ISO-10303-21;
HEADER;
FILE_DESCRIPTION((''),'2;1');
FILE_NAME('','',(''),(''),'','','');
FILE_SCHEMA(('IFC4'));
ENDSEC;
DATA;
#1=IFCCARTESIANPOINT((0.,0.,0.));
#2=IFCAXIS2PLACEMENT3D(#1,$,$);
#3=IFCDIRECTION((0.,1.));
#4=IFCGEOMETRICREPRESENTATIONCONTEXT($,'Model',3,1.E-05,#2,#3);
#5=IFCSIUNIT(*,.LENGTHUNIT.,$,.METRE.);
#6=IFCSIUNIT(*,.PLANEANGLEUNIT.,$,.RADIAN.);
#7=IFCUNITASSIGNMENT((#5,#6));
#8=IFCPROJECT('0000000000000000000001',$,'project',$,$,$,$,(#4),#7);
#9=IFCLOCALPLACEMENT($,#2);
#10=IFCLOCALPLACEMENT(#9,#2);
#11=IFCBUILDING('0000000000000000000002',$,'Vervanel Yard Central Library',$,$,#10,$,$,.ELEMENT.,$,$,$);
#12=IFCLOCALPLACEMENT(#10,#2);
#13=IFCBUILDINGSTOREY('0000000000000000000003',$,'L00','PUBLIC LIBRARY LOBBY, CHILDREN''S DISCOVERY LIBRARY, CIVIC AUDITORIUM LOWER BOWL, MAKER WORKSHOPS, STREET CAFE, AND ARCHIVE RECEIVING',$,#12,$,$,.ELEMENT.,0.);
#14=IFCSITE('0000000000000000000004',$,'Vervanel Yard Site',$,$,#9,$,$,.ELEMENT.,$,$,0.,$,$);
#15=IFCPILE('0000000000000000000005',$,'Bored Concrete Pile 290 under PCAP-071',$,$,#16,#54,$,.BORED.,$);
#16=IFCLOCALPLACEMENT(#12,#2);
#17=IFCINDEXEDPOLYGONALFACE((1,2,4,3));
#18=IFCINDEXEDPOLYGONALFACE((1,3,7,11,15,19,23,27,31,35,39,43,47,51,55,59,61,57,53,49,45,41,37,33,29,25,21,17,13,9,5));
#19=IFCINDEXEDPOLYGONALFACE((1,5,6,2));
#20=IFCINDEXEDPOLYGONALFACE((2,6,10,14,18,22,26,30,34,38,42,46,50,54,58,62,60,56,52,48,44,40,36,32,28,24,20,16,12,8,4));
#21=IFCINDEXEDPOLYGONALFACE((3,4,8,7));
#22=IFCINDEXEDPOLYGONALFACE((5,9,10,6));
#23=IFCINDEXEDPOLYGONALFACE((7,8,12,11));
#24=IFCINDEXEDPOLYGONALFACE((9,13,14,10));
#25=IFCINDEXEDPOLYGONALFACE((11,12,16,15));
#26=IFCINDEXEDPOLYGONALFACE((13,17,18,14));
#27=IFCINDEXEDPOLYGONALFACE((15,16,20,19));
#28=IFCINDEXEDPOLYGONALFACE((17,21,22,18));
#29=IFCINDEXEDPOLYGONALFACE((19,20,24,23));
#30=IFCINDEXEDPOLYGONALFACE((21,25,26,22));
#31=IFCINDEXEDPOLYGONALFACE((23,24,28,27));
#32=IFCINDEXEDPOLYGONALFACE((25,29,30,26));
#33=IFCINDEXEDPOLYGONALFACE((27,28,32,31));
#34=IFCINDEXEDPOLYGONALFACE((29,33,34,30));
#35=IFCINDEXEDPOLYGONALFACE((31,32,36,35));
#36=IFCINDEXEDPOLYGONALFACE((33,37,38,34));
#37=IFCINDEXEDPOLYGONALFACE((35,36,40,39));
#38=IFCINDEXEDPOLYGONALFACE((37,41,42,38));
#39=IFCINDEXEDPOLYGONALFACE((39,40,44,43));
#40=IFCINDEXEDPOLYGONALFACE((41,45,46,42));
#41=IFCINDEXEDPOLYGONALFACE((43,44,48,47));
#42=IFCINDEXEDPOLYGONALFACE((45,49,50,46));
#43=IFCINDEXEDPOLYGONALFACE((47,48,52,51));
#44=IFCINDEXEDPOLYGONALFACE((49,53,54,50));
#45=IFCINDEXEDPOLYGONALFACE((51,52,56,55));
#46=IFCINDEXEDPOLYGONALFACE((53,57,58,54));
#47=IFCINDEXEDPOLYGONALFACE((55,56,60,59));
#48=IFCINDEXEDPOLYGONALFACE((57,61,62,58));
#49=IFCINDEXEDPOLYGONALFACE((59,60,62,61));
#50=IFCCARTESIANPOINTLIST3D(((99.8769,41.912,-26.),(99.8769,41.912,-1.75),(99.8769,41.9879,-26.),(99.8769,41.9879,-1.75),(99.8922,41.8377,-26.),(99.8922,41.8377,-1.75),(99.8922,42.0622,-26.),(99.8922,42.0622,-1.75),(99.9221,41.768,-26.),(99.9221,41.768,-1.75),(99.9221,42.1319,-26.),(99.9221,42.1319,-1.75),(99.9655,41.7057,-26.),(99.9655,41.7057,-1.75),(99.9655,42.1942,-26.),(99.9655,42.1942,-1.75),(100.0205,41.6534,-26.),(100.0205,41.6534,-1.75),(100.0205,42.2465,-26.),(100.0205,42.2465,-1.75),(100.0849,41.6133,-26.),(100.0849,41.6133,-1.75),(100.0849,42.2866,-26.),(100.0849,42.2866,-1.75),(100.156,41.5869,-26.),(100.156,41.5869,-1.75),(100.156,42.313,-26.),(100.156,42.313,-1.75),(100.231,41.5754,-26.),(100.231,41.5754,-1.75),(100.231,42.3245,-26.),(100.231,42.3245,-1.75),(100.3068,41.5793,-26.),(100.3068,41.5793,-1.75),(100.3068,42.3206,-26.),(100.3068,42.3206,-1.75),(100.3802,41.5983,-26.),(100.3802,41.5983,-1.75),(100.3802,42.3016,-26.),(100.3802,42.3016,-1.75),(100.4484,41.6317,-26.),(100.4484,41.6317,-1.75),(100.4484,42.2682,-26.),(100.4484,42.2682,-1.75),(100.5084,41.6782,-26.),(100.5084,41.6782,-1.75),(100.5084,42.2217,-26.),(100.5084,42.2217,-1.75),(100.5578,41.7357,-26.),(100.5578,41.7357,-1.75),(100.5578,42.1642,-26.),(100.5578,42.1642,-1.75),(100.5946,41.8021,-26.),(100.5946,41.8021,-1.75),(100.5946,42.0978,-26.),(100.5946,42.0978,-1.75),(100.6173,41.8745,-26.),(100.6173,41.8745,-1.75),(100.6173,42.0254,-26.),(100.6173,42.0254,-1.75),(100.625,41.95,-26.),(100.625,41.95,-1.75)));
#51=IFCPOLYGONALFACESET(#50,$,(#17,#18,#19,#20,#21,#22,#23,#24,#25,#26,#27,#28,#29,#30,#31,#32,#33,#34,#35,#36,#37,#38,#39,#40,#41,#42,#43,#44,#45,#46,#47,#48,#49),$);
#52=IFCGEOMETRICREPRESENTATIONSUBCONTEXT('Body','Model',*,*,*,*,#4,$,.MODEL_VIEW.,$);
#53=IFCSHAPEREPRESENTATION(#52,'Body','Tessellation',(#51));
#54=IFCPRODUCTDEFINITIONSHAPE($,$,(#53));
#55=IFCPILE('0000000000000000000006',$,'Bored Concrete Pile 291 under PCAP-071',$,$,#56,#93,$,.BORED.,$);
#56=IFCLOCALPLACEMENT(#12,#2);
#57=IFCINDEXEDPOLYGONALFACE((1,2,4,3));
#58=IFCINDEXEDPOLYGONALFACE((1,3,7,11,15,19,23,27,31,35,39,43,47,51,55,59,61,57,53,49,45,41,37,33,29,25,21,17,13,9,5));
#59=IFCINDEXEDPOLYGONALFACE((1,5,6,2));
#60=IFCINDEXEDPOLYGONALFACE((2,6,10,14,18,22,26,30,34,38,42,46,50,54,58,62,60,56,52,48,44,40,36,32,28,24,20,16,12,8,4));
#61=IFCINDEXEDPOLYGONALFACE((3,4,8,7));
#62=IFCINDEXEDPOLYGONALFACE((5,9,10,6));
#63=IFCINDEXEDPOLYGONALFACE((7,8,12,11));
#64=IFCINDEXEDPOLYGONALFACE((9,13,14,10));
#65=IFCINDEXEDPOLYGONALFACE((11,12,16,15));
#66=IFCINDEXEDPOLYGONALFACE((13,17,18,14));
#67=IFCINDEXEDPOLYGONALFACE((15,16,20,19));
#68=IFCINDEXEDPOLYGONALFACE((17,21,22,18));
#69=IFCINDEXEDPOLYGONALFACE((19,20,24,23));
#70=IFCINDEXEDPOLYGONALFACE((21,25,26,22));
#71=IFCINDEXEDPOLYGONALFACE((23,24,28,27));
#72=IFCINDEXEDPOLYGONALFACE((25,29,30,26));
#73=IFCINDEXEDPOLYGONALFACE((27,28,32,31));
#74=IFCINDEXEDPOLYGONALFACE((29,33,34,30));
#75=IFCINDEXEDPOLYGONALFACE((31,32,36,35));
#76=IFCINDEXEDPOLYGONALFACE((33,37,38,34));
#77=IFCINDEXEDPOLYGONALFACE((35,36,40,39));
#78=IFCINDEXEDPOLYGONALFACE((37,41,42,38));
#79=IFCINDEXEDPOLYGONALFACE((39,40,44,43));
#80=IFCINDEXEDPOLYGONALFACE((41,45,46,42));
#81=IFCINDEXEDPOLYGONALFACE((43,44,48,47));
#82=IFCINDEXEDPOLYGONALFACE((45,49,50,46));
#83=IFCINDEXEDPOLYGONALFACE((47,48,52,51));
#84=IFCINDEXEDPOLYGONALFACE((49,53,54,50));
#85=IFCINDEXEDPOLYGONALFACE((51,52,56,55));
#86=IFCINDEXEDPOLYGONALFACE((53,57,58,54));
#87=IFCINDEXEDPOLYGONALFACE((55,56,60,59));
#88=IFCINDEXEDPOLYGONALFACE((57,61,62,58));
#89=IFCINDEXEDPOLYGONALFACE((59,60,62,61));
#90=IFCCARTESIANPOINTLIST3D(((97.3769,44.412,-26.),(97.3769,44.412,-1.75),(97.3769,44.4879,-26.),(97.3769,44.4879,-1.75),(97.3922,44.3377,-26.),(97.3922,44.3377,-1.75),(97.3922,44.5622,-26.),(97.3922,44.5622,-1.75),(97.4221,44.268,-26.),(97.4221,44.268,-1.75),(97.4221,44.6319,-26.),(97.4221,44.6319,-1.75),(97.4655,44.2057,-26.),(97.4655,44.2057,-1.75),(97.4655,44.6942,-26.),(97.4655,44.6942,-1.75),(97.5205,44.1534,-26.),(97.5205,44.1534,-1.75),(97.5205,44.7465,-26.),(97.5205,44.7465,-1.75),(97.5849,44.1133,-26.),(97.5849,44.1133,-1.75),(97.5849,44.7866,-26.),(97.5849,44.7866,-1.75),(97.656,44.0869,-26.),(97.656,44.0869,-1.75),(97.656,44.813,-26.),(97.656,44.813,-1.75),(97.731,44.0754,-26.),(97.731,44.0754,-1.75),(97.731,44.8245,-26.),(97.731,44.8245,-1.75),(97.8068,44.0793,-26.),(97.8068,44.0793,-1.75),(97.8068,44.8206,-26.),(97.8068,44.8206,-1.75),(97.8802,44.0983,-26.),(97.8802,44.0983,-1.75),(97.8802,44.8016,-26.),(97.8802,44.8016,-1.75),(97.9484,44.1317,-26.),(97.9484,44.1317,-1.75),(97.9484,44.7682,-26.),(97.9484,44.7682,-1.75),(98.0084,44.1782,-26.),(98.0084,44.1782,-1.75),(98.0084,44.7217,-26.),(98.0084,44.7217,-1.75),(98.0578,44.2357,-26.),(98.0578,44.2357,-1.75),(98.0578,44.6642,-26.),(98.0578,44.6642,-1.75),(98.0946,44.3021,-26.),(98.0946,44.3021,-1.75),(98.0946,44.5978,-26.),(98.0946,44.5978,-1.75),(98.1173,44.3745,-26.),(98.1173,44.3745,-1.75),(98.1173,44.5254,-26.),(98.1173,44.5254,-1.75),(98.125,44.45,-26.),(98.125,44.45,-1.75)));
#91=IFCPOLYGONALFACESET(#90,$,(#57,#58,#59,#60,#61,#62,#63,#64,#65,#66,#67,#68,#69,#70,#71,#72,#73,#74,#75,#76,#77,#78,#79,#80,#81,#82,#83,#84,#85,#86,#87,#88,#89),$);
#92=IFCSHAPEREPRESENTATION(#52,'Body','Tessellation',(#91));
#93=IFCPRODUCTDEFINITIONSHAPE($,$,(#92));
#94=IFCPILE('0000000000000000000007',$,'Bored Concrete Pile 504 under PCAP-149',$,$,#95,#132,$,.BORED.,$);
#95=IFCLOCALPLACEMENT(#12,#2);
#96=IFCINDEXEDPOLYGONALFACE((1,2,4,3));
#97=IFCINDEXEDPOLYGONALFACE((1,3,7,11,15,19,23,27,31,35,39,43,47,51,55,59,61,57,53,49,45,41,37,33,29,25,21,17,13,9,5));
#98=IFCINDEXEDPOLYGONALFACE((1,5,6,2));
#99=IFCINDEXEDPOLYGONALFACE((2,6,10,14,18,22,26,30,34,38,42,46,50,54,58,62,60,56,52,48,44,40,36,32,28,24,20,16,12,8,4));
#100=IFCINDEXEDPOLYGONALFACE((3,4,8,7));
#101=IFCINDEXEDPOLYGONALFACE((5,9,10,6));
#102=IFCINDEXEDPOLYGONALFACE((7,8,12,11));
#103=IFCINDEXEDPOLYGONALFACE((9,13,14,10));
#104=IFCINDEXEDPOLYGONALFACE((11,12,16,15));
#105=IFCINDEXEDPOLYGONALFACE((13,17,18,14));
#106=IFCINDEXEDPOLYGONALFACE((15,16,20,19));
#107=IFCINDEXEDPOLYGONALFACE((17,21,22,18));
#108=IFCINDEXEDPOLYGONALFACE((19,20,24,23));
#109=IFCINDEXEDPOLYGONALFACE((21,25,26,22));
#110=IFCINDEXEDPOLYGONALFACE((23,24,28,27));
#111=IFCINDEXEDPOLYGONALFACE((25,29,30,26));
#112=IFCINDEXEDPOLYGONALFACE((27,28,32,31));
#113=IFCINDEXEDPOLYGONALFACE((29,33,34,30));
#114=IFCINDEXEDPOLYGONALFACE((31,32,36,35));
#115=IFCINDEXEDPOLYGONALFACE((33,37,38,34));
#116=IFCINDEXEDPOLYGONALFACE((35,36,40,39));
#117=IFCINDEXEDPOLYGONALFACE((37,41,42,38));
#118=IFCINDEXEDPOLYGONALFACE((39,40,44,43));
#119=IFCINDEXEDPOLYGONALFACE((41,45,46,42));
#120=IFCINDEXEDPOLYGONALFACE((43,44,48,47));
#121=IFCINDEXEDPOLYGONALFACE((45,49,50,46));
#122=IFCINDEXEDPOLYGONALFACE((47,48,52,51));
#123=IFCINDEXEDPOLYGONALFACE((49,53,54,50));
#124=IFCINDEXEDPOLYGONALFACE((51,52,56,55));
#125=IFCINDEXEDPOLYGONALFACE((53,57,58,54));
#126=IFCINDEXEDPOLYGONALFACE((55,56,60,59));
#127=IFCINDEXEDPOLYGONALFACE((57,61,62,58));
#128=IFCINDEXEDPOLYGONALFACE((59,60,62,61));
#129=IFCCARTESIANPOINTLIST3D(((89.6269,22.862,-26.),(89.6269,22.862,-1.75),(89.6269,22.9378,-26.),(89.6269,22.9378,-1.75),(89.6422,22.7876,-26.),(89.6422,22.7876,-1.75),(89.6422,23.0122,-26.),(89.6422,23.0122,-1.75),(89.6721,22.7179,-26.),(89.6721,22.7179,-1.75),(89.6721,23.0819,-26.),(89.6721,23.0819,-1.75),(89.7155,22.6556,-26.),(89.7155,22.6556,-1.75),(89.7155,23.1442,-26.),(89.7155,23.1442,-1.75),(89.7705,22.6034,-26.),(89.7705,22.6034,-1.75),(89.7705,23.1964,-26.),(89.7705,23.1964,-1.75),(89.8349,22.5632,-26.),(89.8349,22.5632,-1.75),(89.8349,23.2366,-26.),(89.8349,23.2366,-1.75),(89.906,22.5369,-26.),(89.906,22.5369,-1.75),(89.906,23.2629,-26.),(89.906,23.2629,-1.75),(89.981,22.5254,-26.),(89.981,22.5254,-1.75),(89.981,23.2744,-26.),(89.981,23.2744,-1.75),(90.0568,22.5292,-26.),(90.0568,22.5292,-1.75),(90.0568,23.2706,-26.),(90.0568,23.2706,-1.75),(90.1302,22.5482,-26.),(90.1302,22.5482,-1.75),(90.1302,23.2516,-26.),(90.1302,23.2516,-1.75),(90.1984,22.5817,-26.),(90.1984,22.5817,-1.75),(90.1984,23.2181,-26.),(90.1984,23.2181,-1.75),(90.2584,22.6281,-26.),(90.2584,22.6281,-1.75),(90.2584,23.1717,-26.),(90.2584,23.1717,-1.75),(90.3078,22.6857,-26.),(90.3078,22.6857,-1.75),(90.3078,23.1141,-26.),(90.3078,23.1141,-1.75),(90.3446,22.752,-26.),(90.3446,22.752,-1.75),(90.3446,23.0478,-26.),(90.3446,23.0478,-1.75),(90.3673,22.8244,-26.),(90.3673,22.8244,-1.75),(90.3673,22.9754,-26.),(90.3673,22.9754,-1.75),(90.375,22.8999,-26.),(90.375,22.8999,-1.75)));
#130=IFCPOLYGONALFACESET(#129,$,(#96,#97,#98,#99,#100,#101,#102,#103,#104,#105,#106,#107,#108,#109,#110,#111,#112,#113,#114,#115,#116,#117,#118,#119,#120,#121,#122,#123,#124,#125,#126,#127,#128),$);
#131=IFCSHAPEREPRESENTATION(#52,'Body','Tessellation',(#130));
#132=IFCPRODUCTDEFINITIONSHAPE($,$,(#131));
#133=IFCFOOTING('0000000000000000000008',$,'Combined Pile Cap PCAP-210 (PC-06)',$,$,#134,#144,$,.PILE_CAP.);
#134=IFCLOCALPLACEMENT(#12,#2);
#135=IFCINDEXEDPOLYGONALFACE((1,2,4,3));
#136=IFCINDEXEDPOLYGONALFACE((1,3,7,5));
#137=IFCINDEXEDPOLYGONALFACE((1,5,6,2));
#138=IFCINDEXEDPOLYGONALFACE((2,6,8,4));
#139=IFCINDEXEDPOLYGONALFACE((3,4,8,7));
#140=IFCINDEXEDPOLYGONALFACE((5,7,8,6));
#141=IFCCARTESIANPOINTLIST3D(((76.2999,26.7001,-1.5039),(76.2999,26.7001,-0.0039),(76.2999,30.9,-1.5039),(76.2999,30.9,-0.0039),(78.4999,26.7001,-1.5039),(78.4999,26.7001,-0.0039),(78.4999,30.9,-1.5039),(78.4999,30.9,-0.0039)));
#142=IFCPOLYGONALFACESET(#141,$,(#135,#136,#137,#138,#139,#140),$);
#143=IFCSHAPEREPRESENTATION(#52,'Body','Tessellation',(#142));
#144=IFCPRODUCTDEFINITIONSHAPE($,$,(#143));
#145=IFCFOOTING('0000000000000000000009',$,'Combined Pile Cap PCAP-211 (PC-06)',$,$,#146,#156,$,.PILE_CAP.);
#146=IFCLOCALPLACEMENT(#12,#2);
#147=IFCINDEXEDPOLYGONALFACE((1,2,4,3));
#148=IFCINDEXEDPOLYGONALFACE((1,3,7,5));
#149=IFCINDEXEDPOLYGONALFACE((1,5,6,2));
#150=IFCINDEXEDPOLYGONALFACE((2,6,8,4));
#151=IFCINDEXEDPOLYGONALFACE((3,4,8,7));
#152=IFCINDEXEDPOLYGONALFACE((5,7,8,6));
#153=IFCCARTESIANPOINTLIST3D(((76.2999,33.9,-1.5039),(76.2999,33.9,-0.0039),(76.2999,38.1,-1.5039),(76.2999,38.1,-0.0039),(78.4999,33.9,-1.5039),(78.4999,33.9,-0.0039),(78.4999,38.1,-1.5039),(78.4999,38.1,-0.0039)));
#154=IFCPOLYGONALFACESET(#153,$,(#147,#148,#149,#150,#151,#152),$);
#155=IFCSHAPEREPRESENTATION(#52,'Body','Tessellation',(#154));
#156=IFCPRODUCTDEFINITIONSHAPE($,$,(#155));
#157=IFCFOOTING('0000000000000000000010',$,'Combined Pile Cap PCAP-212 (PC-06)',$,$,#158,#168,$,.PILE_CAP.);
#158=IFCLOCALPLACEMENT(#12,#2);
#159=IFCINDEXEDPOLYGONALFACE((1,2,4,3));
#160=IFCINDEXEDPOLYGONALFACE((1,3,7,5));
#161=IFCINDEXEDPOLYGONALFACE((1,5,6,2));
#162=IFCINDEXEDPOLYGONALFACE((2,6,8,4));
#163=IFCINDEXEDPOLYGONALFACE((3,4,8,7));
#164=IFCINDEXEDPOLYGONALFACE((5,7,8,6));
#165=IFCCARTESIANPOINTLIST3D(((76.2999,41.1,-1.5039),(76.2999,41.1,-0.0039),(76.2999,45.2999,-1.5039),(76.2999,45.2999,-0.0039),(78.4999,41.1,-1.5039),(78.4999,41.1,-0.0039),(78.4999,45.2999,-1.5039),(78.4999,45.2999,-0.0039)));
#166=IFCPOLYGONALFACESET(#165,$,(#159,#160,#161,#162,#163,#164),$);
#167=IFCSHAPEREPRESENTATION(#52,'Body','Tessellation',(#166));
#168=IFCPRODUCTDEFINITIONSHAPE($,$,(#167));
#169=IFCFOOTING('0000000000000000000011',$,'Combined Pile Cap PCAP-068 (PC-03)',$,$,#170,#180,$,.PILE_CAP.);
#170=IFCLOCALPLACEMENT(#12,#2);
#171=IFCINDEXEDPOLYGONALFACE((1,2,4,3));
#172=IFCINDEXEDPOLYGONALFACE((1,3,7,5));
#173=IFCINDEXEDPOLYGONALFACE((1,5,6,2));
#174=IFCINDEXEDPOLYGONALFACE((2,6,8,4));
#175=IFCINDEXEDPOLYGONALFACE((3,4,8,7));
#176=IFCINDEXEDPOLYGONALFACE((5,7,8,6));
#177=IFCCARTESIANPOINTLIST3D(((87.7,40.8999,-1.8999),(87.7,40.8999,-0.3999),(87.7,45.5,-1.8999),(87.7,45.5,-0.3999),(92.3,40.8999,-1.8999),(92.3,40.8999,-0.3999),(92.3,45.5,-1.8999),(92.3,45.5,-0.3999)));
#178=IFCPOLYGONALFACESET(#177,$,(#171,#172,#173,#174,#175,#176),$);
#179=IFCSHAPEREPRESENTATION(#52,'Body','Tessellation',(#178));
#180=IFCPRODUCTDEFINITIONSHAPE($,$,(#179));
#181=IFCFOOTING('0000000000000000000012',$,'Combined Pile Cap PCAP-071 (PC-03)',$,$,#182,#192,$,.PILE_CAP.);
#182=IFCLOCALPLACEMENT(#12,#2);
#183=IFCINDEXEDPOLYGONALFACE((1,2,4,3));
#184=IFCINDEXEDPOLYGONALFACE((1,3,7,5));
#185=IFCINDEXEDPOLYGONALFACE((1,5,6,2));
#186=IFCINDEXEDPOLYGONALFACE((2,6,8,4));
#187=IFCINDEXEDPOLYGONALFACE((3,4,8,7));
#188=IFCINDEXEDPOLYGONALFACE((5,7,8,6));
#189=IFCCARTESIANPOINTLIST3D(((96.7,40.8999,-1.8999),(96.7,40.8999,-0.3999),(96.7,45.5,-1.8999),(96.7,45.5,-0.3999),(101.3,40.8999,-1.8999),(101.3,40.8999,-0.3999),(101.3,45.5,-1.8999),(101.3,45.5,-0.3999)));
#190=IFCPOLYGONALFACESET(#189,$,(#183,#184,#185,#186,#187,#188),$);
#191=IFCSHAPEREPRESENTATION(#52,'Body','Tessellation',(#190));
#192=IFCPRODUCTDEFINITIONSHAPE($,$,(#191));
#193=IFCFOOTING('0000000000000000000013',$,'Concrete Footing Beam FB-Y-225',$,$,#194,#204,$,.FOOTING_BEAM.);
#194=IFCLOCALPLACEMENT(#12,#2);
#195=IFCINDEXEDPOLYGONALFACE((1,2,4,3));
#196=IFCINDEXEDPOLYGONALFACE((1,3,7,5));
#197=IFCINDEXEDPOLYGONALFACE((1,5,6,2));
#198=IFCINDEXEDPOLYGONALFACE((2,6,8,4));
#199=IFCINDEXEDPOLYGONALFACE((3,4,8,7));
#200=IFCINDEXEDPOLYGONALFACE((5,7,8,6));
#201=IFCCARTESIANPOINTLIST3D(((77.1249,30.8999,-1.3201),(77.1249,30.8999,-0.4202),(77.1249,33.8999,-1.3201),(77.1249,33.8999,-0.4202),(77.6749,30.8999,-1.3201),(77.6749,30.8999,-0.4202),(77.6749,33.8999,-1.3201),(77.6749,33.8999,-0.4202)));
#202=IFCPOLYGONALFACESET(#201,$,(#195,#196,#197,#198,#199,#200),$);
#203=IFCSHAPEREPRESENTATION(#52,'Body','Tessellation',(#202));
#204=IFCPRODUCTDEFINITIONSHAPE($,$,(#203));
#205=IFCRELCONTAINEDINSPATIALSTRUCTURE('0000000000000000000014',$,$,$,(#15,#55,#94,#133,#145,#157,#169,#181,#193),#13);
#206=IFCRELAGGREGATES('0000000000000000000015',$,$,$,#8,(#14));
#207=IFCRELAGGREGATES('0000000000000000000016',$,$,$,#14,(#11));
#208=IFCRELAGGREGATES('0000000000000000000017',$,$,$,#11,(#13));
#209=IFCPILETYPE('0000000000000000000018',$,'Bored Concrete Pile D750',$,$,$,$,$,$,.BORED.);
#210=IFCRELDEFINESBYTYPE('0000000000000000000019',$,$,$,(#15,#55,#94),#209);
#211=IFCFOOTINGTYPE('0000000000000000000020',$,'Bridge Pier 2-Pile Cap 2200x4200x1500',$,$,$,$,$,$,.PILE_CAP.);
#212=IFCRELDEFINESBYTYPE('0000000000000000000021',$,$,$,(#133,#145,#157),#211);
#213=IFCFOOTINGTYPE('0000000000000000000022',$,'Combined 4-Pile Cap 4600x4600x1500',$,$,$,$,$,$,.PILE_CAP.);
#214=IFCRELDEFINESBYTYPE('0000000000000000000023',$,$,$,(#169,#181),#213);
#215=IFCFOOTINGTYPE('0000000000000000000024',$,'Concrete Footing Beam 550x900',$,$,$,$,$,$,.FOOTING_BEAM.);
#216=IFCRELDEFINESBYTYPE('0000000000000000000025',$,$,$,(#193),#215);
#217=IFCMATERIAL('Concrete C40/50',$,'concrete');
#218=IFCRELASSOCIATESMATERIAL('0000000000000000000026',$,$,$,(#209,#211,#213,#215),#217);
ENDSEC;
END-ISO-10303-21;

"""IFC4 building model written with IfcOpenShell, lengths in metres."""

from ifc_helpers import new_model, si_unit, direction, frame, origin, origin_2d, place, context, subcontext, project, spatial, rectangle, circle, extrude, material, material_profile, profile_set, type_object, element, save


model = new_model("IFC4")

# Units and contexts
model_context = context("Model", 3, precision=1e-05, world=origin(), true_north=direction((0.0, 1.0)))
body_context = subcontext(model_context, "Body", "Model", "MODEL_VIEW")
ifc_project = project(units=[si_unit("LENGTHUNIT", "METRE"), si_unit("PLANEANGLEUNIT", "RADIAN")], contexts=[model_context])

# Site, building, storey
site_placement = place(None, origin())
site = spatial("IfcSite", under=ifc_project, at=site_placement, Name="Vervanel Yard Site", CompositionType="ELEMENT", RefElevation=0.0)
building_placement = place(site_placement, origin())
building = spatial("IfcBuilding", under=site, at=building_placement, Name="Vervanel Yard Central Library", CompositionType="ELEMENT")
storey_placement = place(building_placement, origin())
storey = spatial("IfcBuildingStorey", under=building, at=storey_placement, Name="L00", Description="PUBLIC LIBRARY LOBBY, CHILDREN'S DISCOVERY LIBRARY, CIVIC AUDITORIUM LOWER BOWL, MAKER WORKSHOPS, STREET CAFE, AND ARCHIVE RECEIVING", CompositionType="ELEMENT", Elevation=0.0)

# Piles
ifc_material_1 = material(Name="Concrete C40/50", Category="concrete")
ifc_material_profile_1 = material_profile(ifc_material_1, circle(Radius=0.375, at=origin_2d()), Name="BP D750", Category="concrete")
ifc_profile_set_1 = profile_set([ifc_material_profile_1], Name="Concrete C40/50")
pile_type_1 = type_object("IfcPileType", Name="Bored Concrete Pile D750", PredefinedType="BORED", material=ifc_profile_set_1)
for number, where, z_axis, x_axis, name in (
    (1, (100.25, 41.95, -1.75), (0.0, 0.0, -1.0), (1.0, 0.0, 0.0), "Bored Concrete Pile 290 under PCAP-071"),
    (2, (97.75, 44.45, -1.75), (0.0, 0.0, -1.0), (1.0, 0.0, 0.0), "Bored Concrete Pile 291 under PCAP-071"),
    (3, (90.0, 22.8999, -1.75), (0.0, 0.0, -1.0), (1.0, 0.0, 0.0), "Bored Concrete Pile 504 under PCAP-149"),
):
    element("IfcPile", number, at=place(storey_placement, frame(where, z_axis=z_axis, x_axis=x_axis)), inside=storey, type_object=pile_type_1, Name=name, PredefinedType="BORED", context=body_context, shape_type="SweptSolid", body=[
        extrude(circle(Radius=0.375, at=origin_2d()), origin(), (0.0, 0.0, 1.0), 24.25),
    ])

# Footings
footing_type_1 = type_object("IfcFootingType", Name="Bridge Pier 2-Pile Cap 2200x4200x1500", PredefinedType="PILE_CAP", material=ifc_material_1)
for number, where, z_axis, x_axis, name in (
    (4, (77.3999, 28.8, -1.5039), (0.0, 0.0, 1.0), (1.0, 0.0, 0.0), "Combined Pile Cap PCAP-210 (PC-06)"),
    (5, (77.3999, 36.0, -1.5039), (0.0, 0.0, 1.0), (1.0, 0.0, 0.0), "Combined Pile Cap PCAP-211 (PC-06)"),
    (6, (77.3999, 43.2, -1.5039), (0.0, 0.0, 1.0), (1.0, 0.0, 0.0), "Combined Pile Cap PCAP-212 (PC-06)"),
):
    element("IfcFooting", number, at=place(storey_placement, frame(where, z_axis=z_axis, x_axis=x_axis)), inside=storey, type_object=footing_type_1, Name=name, PredefinedType="PILE_CAP", context=body_context, shape_type="SweptSolid", body=[
        extrude(rectangle(XDim=2.2, YDim=4.2, at=origin_2d()), origin(), (0.0, 0.0, 1.0), 1.5),
    ])
footing_type_2 = type_object("IfcFootingType", Name="Combined 4-Pile Cap 4600x4600x1500", PredefinedType="PILE_CAP", material=ifc_material_1)
for number, where, z_axis, x_axis, name in (
    (7, (90.0, 43.2, -1.8999), (0.0, 0.0, 1.0), (1.0, 0.0, 0.0), "Combined Pile Cap PCAP-068 (PC-03)"),
    (8, (99.0, 43.2, -1.8999), (0.0, 0.0, 1.0), (1.0, 0.0, 0.0), "Combined Pile Cap PCAP-071 (PC-03)"),
):
    element("IfcFooting", number, at=place(storey_placement, frame(where, z_axis=z_axis, x_axis=x_axis)), inside=storey, type_object=footing_type_2, Name=name, PredefinedType="PILE_CAP", context=body_context, shape_type="SweptSolid", body=[
        extrude(rectangle(XDim=4.6001, YDim=4.6001, at=origin_2d()), origin(), (0.0, 0.0, 1.0), 1.5),
    ])
ifc_material_profile_2 = material_profile(ifc_material_1, rectangle(XDim=0.55, YDim=0.8999, at=origin_2d()), Name="RC 550x900", Category="concrete")
ifc_profile_set_2 = profile_set([ifc_material_profile_2], Name="Concrete C40/50")
footing_type_3 = type_object("IfcFootingType", Name="Concrete Footing Beam 550x900", PredefinedType="FOOTING_BEAM", material=ifc_profile_set_2)
for number, where, z_axis, x_axis, name in (
    (9, (77.3999, 30.8999, -0.8701), (0.0, 1.0, 0.0), (-1.0, 0.0, 0.0), "Concrete Footing Beam FB-Y-225"),
):
    element("IfcFooting", number, at=place(storey_placement, frame(where, z_axis=z_axis, x_axis=x_axis)), inside=storey, type_object=footing_type_3, Name=name, PredefinedType="FOOTING_BEAM", context=body_context, shape_type="SweptSolid", body=[
        extrude(rectangle(XDim=0.55, YDim=0.8999, at=origin_2d()), origin(), (0.0, 0.0, 1.0), 3.0),
    ])

save(model, "model.ifc")
